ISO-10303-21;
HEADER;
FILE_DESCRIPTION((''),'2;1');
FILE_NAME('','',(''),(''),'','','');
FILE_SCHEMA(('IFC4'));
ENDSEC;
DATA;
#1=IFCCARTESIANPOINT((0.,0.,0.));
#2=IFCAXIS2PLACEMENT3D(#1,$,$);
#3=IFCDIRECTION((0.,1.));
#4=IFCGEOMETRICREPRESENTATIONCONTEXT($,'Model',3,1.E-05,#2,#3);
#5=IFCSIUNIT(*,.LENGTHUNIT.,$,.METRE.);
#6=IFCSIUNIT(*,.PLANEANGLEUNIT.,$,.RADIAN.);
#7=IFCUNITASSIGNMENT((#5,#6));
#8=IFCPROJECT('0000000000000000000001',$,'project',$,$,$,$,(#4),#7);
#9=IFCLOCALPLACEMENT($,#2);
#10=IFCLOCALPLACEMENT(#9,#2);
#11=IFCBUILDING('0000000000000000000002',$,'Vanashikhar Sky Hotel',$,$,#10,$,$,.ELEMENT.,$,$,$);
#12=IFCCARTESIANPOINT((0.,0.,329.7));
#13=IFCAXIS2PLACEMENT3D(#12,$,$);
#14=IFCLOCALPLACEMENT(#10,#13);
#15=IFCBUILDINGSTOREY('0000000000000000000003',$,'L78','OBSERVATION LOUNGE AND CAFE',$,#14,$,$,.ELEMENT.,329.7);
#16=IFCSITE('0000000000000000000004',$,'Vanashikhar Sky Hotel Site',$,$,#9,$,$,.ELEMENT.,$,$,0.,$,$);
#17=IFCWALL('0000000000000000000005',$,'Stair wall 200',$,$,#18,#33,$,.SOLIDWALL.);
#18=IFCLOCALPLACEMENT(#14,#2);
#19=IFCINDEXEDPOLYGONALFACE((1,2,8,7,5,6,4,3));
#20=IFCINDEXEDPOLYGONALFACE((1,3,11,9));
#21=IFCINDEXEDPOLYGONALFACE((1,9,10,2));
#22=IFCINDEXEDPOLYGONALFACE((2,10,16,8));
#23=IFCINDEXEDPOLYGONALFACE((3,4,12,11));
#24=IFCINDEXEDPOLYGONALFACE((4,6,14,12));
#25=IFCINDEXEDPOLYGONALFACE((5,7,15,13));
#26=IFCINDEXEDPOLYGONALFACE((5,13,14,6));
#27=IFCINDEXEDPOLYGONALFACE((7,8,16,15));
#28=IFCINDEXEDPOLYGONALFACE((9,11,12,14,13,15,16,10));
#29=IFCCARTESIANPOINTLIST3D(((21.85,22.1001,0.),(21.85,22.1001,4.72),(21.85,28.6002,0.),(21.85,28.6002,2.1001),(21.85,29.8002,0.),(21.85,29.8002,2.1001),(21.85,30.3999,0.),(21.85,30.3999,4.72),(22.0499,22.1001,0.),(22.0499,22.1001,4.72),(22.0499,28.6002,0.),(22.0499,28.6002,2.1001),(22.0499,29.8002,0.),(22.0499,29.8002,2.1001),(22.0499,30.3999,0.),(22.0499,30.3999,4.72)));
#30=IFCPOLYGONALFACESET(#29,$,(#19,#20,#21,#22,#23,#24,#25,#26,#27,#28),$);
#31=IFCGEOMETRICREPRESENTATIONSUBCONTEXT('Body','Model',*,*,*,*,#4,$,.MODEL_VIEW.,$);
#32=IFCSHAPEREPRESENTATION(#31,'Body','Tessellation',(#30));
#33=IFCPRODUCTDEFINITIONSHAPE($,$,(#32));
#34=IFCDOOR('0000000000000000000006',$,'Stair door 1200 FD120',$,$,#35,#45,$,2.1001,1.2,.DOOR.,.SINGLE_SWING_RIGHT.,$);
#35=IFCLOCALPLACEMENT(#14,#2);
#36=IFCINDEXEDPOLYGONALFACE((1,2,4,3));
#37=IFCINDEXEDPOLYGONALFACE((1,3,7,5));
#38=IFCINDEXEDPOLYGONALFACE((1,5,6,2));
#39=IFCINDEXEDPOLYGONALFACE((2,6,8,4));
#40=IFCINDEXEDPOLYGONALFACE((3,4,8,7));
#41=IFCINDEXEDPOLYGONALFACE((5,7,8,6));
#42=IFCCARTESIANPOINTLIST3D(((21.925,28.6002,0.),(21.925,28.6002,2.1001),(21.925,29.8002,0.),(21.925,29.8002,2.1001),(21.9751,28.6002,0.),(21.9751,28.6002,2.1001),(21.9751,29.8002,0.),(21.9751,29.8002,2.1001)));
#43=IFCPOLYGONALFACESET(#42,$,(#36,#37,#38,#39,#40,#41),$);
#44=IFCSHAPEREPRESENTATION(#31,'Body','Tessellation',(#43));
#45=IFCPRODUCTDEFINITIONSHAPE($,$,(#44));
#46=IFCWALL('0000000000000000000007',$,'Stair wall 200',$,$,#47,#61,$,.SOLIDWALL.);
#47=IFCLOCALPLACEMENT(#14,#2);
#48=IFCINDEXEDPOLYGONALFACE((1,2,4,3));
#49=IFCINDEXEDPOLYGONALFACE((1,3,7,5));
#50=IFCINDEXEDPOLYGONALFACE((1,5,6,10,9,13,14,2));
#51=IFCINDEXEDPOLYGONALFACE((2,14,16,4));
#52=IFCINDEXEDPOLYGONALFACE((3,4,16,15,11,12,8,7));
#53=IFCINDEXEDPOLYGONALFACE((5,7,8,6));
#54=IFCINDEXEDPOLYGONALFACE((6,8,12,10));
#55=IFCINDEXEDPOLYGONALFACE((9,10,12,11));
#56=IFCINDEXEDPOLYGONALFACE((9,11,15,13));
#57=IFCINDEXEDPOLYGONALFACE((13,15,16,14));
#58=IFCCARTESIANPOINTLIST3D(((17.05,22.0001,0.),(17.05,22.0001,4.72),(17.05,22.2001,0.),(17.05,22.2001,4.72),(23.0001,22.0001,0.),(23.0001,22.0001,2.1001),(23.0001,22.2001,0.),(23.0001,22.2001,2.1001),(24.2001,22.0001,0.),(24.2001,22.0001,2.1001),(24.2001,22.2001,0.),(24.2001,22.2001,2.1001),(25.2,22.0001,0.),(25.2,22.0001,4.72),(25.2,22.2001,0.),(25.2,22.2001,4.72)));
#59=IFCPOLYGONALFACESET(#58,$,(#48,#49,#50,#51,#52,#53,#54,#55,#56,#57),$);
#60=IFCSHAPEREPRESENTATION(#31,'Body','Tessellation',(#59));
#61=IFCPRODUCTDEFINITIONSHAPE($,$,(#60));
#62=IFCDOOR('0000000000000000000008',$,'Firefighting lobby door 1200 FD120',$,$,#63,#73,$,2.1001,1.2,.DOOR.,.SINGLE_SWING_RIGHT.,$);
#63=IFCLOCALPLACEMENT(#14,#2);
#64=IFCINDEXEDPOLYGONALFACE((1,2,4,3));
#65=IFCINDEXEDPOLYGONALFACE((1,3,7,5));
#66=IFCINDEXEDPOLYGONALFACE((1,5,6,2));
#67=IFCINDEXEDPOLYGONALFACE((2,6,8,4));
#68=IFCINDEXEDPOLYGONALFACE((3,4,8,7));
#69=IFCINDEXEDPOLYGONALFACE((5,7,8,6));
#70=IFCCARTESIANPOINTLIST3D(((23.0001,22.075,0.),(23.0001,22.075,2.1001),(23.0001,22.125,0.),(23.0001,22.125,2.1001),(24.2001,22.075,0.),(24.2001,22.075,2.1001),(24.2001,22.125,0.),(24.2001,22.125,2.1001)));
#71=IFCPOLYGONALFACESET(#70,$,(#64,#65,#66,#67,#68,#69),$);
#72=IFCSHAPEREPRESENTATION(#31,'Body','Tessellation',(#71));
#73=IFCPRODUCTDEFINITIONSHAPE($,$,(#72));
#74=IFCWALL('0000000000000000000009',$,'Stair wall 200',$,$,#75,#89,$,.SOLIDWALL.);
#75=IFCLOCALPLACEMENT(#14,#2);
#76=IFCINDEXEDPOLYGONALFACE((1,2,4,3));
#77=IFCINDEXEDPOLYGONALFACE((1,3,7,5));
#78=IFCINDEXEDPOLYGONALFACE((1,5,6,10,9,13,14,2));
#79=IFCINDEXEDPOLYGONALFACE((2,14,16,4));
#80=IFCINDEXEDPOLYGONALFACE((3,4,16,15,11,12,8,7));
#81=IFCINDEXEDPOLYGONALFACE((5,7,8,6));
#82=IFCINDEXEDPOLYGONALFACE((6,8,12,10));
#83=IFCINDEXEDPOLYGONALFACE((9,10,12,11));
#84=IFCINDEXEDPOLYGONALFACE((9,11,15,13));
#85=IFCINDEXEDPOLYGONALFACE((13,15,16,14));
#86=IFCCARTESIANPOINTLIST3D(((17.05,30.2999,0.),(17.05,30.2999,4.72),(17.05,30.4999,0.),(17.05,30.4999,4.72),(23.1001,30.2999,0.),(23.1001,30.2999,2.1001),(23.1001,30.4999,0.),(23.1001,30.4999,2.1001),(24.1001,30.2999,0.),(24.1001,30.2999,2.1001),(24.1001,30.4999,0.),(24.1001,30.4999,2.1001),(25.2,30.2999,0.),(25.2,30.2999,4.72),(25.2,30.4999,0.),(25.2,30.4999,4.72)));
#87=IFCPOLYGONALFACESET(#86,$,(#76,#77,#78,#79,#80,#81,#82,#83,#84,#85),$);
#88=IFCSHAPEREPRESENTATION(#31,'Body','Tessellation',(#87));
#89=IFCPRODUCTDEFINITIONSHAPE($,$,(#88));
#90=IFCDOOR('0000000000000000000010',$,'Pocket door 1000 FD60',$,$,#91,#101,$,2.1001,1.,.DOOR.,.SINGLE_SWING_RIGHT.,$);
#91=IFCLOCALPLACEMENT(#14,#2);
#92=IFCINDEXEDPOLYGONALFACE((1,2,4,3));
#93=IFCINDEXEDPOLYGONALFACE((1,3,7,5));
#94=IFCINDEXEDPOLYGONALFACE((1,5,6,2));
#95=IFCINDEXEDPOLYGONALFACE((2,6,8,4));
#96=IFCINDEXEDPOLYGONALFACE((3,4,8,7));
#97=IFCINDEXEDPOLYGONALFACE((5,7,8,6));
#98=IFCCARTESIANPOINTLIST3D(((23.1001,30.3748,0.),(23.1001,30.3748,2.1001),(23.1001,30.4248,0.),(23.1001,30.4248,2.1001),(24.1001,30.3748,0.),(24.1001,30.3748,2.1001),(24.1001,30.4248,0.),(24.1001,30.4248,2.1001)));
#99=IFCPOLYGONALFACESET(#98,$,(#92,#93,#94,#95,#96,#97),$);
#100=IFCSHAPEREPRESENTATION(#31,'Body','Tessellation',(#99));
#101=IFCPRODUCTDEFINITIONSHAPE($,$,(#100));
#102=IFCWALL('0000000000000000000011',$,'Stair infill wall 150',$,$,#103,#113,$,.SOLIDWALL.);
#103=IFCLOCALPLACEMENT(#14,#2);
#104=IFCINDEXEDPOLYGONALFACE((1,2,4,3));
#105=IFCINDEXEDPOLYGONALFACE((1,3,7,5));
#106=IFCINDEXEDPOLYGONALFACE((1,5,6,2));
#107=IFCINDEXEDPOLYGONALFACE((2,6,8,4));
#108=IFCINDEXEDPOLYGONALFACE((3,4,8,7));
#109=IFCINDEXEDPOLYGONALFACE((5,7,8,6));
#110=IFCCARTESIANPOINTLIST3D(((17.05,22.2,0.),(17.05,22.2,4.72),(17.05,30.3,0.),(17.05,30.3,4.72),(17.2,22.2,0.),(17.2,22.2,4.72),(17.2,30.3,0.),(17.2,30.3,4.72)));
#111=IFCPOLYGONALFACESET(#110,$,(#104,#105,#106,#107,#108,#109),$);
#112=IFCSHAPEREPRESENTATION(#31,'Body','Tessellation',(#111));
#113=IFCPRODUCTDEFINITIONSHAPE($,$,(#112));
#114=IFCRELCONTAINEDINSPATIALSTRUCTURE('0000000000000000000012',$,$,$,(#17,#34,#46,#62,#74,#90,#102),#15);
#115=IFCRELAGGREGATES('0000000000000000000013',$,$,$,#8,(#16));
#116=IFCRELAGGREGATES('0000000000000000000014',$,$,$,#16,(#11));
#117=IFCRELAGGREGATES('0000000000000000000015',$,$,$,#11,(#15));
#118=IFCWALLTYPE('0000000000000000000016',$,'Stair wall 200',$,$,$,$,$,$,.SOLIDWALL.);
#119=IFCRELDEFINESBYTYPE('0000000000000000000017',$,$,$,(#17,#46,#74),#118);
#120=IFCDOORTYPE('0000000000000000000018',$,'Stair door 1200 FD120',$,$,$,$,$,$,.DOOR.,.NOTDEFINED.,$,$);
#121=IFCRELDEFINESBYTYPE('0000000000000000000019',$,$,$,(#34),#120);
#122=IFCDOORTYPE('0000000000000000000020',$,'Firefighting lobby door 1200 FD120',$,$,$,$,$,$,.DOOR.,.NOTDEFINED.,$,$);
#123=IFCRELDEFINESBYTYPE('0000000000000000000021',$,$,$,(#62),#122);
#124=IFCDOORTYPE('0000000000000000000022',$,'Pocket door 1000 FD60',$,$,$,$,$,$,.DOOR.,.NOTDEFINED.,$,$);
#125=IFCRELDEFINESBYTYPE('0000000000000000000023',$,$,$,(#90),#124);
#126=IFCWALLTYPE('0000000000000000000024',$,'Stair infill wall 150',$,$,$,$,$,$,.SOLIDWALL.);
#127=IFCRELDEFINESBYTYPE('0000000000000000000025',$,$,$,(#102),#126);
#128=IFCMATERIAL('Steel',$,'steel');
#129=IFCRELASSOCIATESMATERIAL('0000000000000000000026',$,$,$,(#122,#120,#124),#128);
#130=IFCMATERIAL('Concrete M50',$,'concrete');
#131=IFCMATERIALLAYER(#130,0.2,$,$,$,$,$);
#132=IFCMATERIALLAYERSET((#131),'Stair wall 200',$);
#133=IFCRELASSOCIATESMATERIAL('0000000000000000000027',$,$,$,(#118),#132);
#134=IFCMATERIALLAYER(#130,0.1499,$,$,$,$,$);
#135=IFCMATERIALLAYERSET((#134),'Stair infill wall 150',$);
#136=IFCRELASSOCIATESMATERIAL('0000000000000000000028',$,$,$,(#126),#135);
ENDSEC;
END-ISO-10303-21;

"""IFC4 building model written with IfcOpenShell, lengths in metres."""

from ifc_helpers import new_model, si_unit, direction, frame, frame_2d, origin, place, context, subcontext, project, spatial, rectangle, extrude, source, transform, mapped, material, layer, layer_set, type_object, element, fill, save


model = new_model("IFC4")

# Units and contexts
model_context = context("Model", 3, precision=1e-05, world=origin(), true_north=direction((0.0, 1.0)))
body_context = subcontext(model_context, "Body", "Model", "MODEL_VIEW")
ifc_project = project(units=[si_unit("LENGTHUNIT", "METRE"), si_unit("PLANEANGLEUNIT", "RADIAN")], contexts=[model_context])

# Site, building, storey
site_placement = place(None, origin())
site = spatial("IfcSite", under=ifc_project, at=site_placement, Name="Vanashikhar Sky Hotel Site", CompositionType="ELEMENT", RefElevation=0.0)
building_placement = place(site_placement, origin())
building = spatial("IfcBuilding", under=site, at=building_placement, Name="Vanashikhar Sky Hotel", CompositionType="ELEMENT")
storey_placement = place(building_placement, frame((0.0, 0.0, 329.7)))
storey = spatial("IfcBuildingStorey", under=building, at=storey_placement, Name="L78", Description="OBSERVATION LOUNGE AND CAFE", CompositionType="ELEMENT", Elevation=329.7)

# Shared definitions
ifc_material_1 = material(Name="Concrete M50", Category="concrete")
ifc_material_2 = material(Name="Steel", Category="steel")
door_type_1 = type_object("IfcDoorType", Name="Firefighting lobby door 1200 FD120", OperationType="NOTDEFINED", PredefinedType="DOOR", material=ifc_material_2)

# Walls, openings, doors
ifc_layer_1 = layer(ifc_material_1, 0.2)
ifc_layer_set_1 = layer_set([ifc_layer_1], Name="Stair wall 200")
wall_type_1 = type_object("IfcWallType", Name="Stair wall 200", PredefinedType="SOLIDWALL", material=ifc_layer_set_1)
shared_shape_1 = source(origin(), body_context, "Body", "SweptSolid", [
    extrude(rectangle(XDim=8.2998, YDim=0.2, at=frame_2d((4.1499, 0.0))), origin(), (0.0, 0.0, 1.0), 4.72),
])
wall_1_placement = place(storey_placement, frame((21.95, 22.1001, 0.0), z_axis=(0.0, 0.0, 1.0), x_axis=(0.0, 1.0, 0.0)))
wall_1 = element("IfcWall", 1, at=wall_1_placement, inside=storey, type_object=wall_type_1, Name="Stair wall 200", PredefinedType="SOLIDWALL", context=body_context, shape_type="MappedRepresentation", body=[
    mapped(shared_shape_1, transform((0.0, 0.0, 0.0), scale=1.0)),
])
shared_shape_2 = source(origin(), body_context, "Body", "SweptSolid", [
    extrude(rectangle(XDim=1.2, YDim=2.1001, at=frame_2d((0.6001, 1.05))), frame((0.0, 0.1099, 0.0), z_axis=(0.0, -1.0, 0.0), x_axis=(1.0, 0.0, 0.0)), (0.0, 0.0, 1.0), 0.22),
])
opening_1_placement = place(wall_1_placement, frame((6.5, 0.0, 0.0)))
opening_1 = element("IfcOpeningElement", 2, at=opening_1_placement, cuts=wall_1, PredefinedType="OPENING", context=body_context, shape_type="MappedRepresentation", body=[
    mapped(shared_shape_2, transform((0.0, 0.0, 0.0), scale=1.0)),
])
door_type_2 = type_object("IfcDoorType", Name="Stair door 1200 FD120", OperationType="NOTDEFINED", PredefinedType="DOOR", material=ifc_material_2)
shared_shape_3 = source(origin(), body_context, "Body", "SweptSolid", [
    extrude(rectangle(XDim=1.2, YDim=2.1001, at=frame_2d((0.6001, 1.05))), frame((0.0, 0.0249, 0.0), z_axis=(0.0, -1.0, 0.0), x_axis=(1.0, 0.0, 0.0)), (0.0, 0.0, 1.0), 0.05),
])
door_1_placement = place(opening_1_placement, origin())
door_1 = element("IfcDoor", 3, at=door_1_placement, inside=storey, type_object=door_type_2, Name="Stair door 1200 FD120", OperationType="SINGLE_SWING_RIGHT", OverallHeight=2.1001, OverallWidth=1.2, PredefinedType="DOOR", context=body_context, shape_type="MappedRepresentation", body=[
    mapped(shared_shape_3, transform((0.0, 0.0, 0.0), scale=1.0)),
])
fill(opening_1, door_1)
shared_shape_4 = source(origin(), body_context, "Body", "SweptSolid", [
    extrude(rectangle(XDim=8.1499, YDim=0.2, at=frame_2d((4.075, 0.0))), origin(), (0.0, 0.0, 1.0), 4.72),
])
wall_2_placement = place(storey_placement, frame((17.05, 22.1001, 0.0), z_axis=(0.0, 0.0, 1.0), x_axis=(1.0, 0.0, 0.0)))
wall_2 = element("IfcWall", 4, at=wall_2_placement, inside=storey, type_object=wall_type_1, Name="Stair wall 200", PredefinedType="SOLIDWALL", context=body_context, shape_type="MappedRepresentation", body=[
    mapped(shared_shape_4, transform((0.0, 0.0, 0.0), scale=1.0)),
])
opening_2_placement = place(wall_2_placement, frame((5.95, 0.0, 0.0)))
opening_2 = element("IfcOpeningElement", 5, at=opening_2_placement, cuts=wall_2, PredefinedType="OPENING", context=body_context, shape_type="MappedRepresentation", body=[
    mapped(shared_shape_2, transform((0.0, 0.0, 0.0), scale=1.0)),
])
door_2_placement = place(opening_2_placement, origin())
door_2 = element("IfcDoor", 6, at=door_2_placement, inside=storey, type_object=door_type_1, Name="Firefighting lobby door 1200 FD120", OperationType="SINGLE_SWING_RIGHT", OverallHeight=2.1001, OverallWidth=1.2, PredefinedType="DOOR", context=body_context, shape_type="MappedRepresentation", body=[
    mapped(shared_shape_3, transform((0.0, 0.0, 0.0), scale=1.0)),
])
fill(opening_2, door_2)
wall_3_placement = place(storey_placement, frame((17.05, 30.3999, 0.0), z_axis=(0.0, 0.0, 1.0), x_axis=(1.0, 0.0, 0.0)))
wall_3 = element("IfcWall", 7, at=wall_3_placement, inside=storey, type_object=wall_type_1, Name="Stair wall 200", PredefinedType="SOLIDWALL", context=body_context, shape_type="MappedRepresentation", body=[
    mapped(shared_shape_4, transform((0.0, 0.0, 0.0), scale=1.0)),
])
shared_shape_5 = source(origin(), body_context, "Body", "SweptSolid", [
    extrude(rectangle(XDim=1.0, YDim=2.1001, at=frame_2d((0.5, 1.05))), frame((0.0, 0.1099, 0.0), z_axis=(0.0, -1.0, 0.0), x_axis=(1.0, 0.0, 0.0)), (0.0, 0.0, 1.0), 0.22),
])
opening_3_placement = place(wall_3_placement, frame((6.05, 0.0, 0.0)))
opening_3 = element("IfcOpeningElement", 8, at=opening_3_placement, cuts=wall_3, PredefinedType="OPENING", context=body_context, shape_type="MappedRepresentation", body=[
    mapped(shared_shape_5, transform((0.0, 0.0, 0.0), scale=1.0)),
])
door_type_3 = type_object("IfcDoorType", Name="Pocket door 1000 FD60", OperationType="NOTDEFINED", PredefinedType="DOOR", material=ifc_material_2)
shared_shape_6 = source(origin(), body_context, "Body", "SweptSolid", [
    extrude(rectangle(XDim=1.0, YDim=2.1001, at=frame_2d((0.5, 1.05))), frame((0.0, 0.0249, 0.0), z_axis=(0.0, -1.0, 0.0), x_axis=(1.0, 0.0, 0.0)), (0.0, 0.0, 1.0), 0.05),
])
door_3_placement = place(opening_3_placement, origin())
door_3 = element("IfcDoor", 9, at=door_3_placement, inside=storey, type_object=door_type_3, Name="Pocket door 1000 FD60", OperationType="SINGLE_SWING_RIGHT", OverallHeight=2.1001, OverallWidth=1.0, PredefinedType="DOOR", context=body_context, shape_type="MappedRepresentation", body=[
    mapped(shared_shape_6, transform((0.0, 0.0, 0.0), scale=1.0)),
])
fill(opening_3, door_3)

# Wall
ifc_layer_2 = layer(ifc_material_1, 0.1499)
ifc_layer_set_2 = layer_set([ifc_layer_2], Name="Stair infill wall 150")
wall_type_2 = type_object("IfcWallType", Name="Stair infill wall 150", PredefinedType="SOLIDWALL", material=ifc_layer_set_2)
shared_shape_7 = source(origin(), body_context, "Body", "SweptSolid", [
    extrude(rectangle(XDim=8.1001, YDim=0.1499, at=frame_2d((4.05, 0.0))), origin(), (0.0, 0.0, 1.0), 4.72),
])
wall_4_placement = place(storey_placement, frame((17.125, 22.2, 0.0), z_axis=(0.0, 0.0, 1.0), x_axis=(0.0, 1.0, 0.0)))
element("IfcWall", 10, at=wall_4_placement, inside=storey, type_object=wall_type_2, Name="Stair infill wall 150", PredefinedType="SOLIDWALL", context=body_context, shape_type="MappedRepresentation", body=[
    mapped(shared_shape_7, transform((0.0, 0.0, 0.0), scale=1.0)),
])

save(model, "model.ifc")
